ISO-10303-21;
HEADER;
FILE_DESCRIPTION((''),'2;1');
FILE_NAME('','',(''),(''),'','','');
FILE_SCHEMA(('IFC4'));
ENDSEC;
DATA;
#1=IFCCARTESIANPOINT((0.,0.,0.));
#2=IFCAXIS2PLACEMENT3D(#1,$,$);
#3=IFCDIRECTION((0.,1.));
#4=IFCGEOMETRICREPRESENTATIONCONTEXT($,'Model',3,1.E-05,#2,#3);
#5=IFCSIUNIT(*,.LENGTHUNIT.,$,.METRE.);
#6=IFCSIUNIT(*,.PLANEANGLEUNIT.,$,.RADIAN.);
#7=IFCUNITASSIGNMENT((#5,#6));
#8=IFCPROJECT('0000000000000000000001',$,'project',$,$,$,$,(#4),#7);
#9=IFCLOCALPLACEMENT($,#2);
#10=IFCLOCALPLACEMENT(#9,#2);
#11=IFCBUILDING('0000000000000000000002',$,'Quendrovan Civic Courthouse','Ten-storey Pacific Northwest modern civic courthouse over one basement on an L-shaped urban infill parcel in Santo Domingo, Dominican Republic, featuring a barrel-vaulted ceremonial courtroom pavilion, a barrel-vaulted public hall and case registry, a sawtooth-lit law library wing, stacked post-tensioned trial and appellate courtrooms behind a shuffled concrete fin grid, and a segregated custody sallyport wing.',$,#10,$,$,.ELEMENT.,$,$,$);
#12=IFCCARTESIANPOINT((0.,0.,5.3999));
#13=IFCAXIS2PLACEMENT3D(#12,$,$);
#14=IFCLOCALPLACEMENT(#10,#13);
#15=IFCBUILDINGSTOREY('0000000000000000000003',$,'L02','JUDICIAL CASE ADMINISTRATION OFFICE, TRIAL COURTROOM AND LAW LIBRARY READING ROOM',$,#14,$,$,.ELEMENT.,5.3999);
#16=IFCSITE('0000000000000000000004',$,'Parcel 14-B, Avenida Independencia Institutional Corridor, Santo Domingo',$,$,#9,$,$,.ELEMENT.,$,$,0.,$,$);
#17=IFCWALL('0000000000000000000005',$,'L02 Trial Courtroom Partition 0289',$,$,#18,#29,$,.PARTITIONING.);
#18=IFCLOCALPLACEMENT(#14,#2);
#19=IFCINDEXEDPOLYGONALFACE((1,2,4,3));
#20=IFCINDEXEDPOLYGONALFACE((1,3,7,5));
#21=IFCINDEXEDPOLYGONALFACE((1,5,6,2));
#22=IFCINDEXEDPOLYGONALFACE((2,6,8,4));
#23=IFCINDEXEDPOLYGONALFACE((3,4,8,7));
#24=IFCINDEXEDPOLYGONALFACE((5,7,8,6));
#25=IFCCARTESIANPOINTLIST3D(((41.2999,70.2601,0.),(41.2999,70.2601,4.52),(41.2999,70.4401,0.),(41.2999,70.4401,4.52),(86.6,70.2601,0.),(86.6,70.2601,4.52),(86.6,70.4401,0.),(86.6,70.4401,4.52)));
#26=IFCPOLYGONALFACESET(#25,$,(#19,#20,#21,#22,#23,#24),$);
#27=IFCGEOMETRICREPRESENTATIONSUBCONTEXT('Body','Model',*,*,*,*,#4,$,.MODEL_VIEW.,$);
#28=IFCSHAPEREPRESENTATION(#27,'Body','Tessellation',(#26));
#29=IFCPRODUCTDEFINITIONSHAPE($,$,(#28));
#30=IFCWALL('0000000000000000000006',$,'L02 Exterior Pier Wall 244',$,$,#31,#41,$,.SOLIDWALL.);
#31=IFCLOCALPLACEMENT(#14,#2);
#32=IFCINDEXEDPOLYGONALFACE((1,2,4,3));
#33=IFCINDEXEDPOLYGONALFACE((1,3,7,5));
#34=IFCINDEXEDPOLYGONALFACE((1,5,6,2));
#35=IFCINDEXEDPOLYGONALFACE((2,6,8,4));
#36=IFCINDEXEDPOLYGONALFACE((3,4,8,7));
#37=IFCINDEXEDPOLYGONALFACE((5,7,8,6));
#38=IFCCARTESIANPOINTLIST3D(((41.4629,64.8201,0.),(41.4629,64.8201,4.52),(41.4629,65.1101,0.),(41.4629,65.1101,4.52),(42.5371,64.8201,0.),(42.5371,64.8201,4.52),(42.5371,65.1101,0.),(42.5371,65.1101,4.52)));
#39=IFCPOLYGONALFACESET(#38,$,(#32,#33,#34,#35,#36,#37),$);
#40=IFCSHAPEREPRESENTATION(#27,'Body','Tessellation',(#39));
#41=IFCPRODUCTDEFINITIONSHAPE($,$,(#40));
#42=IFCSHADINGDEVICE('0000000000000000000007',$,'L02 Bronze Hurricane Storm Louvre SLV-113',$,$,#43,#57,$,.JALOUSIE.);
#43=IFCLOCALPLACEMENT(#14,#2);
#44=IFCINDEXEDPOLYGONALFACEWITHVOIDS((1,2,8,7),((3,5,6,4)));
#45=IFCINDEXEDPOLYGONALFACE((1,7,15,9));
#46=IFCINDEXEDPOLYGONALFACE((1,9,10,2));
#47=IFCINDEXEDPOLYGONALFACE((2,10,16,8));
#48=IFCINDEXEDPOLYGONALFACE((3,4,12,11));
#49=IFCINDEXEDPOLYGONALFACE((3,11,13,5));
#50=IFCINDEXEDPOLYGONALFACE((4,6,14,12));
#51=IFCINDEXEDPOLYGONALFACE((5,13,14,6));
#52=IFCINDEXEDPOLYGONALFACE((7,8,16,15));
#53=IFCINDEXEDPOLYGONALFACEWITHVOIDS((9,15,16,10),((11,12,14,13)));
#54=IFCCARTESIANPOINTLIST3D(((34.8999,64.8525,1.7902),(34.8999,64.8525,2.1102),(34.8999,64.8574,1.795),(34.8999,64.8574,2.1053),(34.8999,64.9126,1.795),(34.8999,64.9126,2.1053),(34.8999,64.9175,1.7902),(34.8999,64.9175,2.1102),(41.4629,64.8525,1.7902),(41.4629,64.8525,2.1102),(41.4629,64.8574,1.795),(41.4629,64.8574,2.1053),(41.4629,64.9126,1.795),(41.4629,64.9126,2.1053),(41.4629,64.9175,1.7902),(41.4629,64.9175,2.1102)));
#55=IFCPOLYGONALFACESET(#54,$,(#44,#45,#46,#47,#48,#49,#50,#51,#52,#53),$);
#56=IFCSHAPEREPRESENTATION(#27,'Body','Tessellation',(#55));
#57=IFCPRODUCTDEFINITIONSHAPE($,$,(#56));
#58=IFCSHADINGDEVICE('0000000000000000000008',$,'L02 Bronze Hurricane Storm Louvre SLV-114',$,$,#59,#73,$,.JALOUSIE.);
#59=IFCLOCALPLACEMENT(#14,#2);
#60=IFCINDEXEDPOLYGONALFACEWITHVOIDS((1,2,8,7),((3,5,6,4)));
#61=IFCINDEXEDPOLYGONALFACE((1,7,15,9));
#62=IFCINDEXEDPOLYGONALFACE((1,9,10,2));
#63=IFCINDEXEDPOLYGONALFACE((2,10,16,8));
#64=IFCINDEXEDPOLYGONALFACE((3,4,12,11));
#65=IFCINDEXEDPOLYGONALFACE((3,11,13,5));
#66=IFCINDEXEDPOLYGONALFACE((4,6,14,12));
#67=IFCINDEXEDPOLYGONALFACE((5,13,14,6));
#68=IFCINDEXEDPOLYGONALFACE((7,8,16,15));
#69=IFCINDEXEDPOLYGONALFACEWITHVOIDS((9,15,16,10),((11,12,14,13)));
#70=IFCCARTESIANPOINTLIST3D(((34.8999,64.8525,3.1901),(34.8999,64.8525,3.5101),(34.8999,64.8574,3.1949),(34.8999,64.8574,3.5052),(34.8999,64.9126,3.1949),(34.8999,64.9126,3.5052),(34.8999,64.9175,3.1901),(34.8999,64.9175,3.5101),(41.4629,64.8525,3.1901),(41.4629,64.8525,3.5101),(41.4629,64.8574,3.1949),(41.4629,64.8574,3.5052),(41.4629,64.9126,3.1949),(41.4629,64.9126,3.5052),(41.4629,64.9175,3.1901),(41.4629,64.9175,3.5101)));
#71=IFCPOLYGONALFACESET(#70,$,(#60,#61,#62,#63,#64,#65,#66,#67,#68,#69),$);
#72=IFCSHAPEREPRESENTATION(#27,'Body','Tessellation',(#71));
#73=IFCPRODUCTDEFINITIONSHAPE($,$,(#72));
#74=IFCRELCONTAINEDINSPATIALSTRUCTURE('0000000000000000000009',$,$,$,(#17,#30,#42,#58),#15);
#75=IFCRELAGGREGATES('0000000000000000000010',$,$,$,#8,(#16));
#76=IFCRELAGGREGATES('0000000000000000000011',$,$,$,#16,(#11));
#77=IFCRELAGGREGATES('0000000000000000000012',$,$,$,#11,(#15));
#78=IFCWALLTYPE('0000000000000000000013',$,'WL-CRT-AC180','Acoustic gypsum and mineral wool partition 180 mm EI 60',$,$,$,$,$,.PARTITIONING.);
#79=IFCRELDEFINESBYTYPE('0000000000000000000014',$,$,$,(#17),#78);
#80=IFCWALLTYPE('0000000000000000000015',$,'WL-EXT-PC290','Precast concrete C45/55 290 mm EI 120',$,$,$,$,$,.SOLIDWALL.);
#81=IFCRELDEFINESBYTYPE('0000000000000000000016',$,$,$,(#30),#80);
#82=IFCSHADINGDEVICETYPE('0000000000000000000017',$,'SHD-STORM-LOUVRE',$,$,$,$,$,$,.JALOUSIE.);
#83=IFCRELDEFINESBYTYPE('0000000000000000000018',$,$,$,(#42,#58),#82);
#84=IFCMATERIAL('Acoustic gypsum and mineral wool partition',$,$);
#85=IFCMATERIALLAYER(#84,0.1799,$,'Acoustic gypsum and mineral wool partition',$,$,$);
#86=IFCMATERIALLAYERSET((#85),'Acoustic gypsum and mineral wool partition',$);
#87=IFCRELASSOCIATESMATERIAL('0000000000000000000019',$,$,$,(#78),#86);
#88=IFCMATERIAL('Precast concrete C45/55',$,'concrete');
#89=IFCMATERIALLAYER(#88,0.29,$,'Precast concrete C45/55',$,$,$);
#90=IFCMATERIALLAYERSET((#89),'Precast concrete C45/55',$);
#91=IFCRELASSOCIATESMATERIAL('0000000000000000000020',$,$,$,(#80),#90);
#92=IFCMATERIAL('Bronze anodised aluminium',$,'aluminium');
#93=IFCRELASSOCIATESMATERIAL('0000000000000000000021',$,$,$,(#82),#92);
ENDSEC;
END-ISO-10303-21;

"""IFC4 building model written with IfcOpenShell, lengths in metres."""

from ifc_helpers import new_model, si_unit, direction, frame, frame_2d, origin, origin_2d, place, context, subcontext, project, spatial, rectangle, hollow_rectangle, extrude, material, layer, layer_set, material_profile, profile_set, type_object, element, save


model = new_model("IFC4")

# Units and contexts
model_context = context("Model", 3, precision=1e-05, world=origin(), true_north=direction((0.0, 1.0)))
body_context = subcontext(model_context, "Body", "Model", "MODEL_VIEW")
ifc_project = project(units=[si_unit("LENGTHUNIT", "METRE"), si_unit("PLANEANGLEUNIT", "RADIAN")], contexts=[model_context])

# Site, building, storey
site_placement = place(None, origin())
site = spatial("IfcSite", under=ifc_project, at=site_placement, Name="Parcel 14-B, Avenida Independencia Institutional Corridor, Santo Domingo", CompositionType="ELEMENT", RefElevation=0.0)
building_placement = place(site_placement, origin())
building = spatial("IfcBuilding", under=site, at=building_placement, Name="Quendrovan Civic Courthouse", Description="Ten-storey Pacific Northwest modern civic courthouse over one basement on an L-shaped urban infill parcel in Santo Domingo, Dominican Republic, featuring a barrel-vaulted ceremonial courtroom pavilion, a barrel-vaulted public hall and case registry, a sawtooth-lit law library wing, stacked post-tensioned trial and appellate courtrooms behind a shuffled concrete fin grid, and a segregated custody sallyport wing.", CompositionType="ELEMENT")
storey_placement = place(building_placement, frame((0.0, 0.0, 5.3999)))
storey = spatial("IfcBuildingStorey", under=building, at=storey_placement, Name="L02", Description="JUDICIAL CASE ADMINISTRATION OFFICE, TRIAL COURTROOM AND LAW LIBRARY READING ROOM", CompositionType="ELEMENT", Elevation=5.3999)

# Shared definitions
ifc_material_1 = material(Name="Bronze anodised aluminium", Category="aluminium")

# Walls
ifc_material_2 = material(Name="Acoustic gypsum and mineral wool partition")
ifc_layer_1 = layer(ifc_material_2, 0.1799, Name="Acoustic gypsum and mineral wool partition")
ifc_layer_set_1 = layer_set([ifc_layer_1], Name="Acoustic gypsum and mineral wool partition")
wall_type_1 = type_object("IfcWallType", Name="WL-CRT-AC180", Description="Acoustic gypsum and mineral wool partition 180 mm EI 60", PredefinedType="PARTITIONING", material=ifc_layer_set_1)
wall_1_placement = place(storey_placement, frame((41.3, 70.3501, 0.0), z_axis=(0.0, 0.0, 1.0), x_axis=(1.0, 0.0, 0.0)))
element("IfcWall", 1, at=wall_1_placement, inside=storey, type_object=wall_type_1, Name="L02 Trial Courtroom Partition 0289", PredefinedType="PARTITIONING", context=body_context, shape_type="SweptSolid", body=[
    extrude(rectangle(XDim=45.3, YDim=0.1799, at=frame_2d((22.6499, 0.0))), origin(), (0.0, 0.0, 1.0), 4.52),
])
ifc_material_3 = material(Name="Precast concrete C45/55", Category="concrete")
ifc_layer_2 = layer(ifc_material_3, 0.29, Name="Precast concrete C45/55")
ifc_layer_set_2 = layer_set([ifc_layer_2], Name="Precast concrete C45/55")
wall_type_2 = type_object("IfcWallType", Name="WL-EXT-PC290", Description="Precast concrete C45/55 290 mm EI 120", PredefinedType="SOLIDWALL", material=ifc_layer_set_2)
wall_2_placement = place(storey_placement, frame((42.5371, 64.9651, 0.0), z_axis=(0.0, 0.0, 1.0), x_axis=(-1.0, 0.0, 0.0)))
element("IfcWall", 2, at=wall_2_placement, inside=storey, type_object=wall_type_2, Name="L02 Exterior Pier Wall 244", PredefinedType="SOLIDWALL", context=body_context, shape_type="SweptSolid", body=[
    extrude(rectangle(XDim=1.0742, YDim=0.29, at=frame_2d((0.5371, 0.0))), origin(), (0.0, 0.0, 1.0), 4.52),
])

# Shading devices
ifc_material_profile_1 = material_profile(ifc_material_1, hollow_rectangle(XDim=0.0649, YDim=0.3201, WallThickness=0.0049, at=origin_2d()), Name="AL-LOUVRE-65x320")
ifc_profile_set_1 = profile_set([ifc_material_profile_1], Name="Bronze anodised aluminium")
shading_device_type = type_object("IfcShadingDeviceType", Name="SHD-STORM-LOUVRE", PredefinedType="JALOUSIE", material=ifc_profile_set_1)
for number, where, z_axis, x_axis, name in (
    (3, (41.4629, 64.885, 1.9502), (-1.0, 0.0, 0.0), (0.0, -1.0, 0.0), "L02 Bronze Hurricane Storm Louvre SLV-113"),
    (4, (41.4629, 64.885, 3.3501), (-1.0, 0.0, 0.0), (0.0, -1.0, 0.0), "L02 Bronze Hurricane Storm Louvre SLV-114"),
):
    element("IfcShadingDevice", number, at=place(storey_placement, frame(where, z_axis=z_axis, x_axis=x_axis)), inside=storey, type_object=shading_device_type, Name=name, PredefinedType="JALOUSIE", context=body_context, shape_type="SweptSolid", body=[
        extrude(hollow_rectangle(XDim=0.0649, YDim=0.3201, WallThickness=0.0049, at=origin_2d()), origin(), (0.0, 0.0, 1.0), 6.563),
    ])

save(model, "model.ifc")
